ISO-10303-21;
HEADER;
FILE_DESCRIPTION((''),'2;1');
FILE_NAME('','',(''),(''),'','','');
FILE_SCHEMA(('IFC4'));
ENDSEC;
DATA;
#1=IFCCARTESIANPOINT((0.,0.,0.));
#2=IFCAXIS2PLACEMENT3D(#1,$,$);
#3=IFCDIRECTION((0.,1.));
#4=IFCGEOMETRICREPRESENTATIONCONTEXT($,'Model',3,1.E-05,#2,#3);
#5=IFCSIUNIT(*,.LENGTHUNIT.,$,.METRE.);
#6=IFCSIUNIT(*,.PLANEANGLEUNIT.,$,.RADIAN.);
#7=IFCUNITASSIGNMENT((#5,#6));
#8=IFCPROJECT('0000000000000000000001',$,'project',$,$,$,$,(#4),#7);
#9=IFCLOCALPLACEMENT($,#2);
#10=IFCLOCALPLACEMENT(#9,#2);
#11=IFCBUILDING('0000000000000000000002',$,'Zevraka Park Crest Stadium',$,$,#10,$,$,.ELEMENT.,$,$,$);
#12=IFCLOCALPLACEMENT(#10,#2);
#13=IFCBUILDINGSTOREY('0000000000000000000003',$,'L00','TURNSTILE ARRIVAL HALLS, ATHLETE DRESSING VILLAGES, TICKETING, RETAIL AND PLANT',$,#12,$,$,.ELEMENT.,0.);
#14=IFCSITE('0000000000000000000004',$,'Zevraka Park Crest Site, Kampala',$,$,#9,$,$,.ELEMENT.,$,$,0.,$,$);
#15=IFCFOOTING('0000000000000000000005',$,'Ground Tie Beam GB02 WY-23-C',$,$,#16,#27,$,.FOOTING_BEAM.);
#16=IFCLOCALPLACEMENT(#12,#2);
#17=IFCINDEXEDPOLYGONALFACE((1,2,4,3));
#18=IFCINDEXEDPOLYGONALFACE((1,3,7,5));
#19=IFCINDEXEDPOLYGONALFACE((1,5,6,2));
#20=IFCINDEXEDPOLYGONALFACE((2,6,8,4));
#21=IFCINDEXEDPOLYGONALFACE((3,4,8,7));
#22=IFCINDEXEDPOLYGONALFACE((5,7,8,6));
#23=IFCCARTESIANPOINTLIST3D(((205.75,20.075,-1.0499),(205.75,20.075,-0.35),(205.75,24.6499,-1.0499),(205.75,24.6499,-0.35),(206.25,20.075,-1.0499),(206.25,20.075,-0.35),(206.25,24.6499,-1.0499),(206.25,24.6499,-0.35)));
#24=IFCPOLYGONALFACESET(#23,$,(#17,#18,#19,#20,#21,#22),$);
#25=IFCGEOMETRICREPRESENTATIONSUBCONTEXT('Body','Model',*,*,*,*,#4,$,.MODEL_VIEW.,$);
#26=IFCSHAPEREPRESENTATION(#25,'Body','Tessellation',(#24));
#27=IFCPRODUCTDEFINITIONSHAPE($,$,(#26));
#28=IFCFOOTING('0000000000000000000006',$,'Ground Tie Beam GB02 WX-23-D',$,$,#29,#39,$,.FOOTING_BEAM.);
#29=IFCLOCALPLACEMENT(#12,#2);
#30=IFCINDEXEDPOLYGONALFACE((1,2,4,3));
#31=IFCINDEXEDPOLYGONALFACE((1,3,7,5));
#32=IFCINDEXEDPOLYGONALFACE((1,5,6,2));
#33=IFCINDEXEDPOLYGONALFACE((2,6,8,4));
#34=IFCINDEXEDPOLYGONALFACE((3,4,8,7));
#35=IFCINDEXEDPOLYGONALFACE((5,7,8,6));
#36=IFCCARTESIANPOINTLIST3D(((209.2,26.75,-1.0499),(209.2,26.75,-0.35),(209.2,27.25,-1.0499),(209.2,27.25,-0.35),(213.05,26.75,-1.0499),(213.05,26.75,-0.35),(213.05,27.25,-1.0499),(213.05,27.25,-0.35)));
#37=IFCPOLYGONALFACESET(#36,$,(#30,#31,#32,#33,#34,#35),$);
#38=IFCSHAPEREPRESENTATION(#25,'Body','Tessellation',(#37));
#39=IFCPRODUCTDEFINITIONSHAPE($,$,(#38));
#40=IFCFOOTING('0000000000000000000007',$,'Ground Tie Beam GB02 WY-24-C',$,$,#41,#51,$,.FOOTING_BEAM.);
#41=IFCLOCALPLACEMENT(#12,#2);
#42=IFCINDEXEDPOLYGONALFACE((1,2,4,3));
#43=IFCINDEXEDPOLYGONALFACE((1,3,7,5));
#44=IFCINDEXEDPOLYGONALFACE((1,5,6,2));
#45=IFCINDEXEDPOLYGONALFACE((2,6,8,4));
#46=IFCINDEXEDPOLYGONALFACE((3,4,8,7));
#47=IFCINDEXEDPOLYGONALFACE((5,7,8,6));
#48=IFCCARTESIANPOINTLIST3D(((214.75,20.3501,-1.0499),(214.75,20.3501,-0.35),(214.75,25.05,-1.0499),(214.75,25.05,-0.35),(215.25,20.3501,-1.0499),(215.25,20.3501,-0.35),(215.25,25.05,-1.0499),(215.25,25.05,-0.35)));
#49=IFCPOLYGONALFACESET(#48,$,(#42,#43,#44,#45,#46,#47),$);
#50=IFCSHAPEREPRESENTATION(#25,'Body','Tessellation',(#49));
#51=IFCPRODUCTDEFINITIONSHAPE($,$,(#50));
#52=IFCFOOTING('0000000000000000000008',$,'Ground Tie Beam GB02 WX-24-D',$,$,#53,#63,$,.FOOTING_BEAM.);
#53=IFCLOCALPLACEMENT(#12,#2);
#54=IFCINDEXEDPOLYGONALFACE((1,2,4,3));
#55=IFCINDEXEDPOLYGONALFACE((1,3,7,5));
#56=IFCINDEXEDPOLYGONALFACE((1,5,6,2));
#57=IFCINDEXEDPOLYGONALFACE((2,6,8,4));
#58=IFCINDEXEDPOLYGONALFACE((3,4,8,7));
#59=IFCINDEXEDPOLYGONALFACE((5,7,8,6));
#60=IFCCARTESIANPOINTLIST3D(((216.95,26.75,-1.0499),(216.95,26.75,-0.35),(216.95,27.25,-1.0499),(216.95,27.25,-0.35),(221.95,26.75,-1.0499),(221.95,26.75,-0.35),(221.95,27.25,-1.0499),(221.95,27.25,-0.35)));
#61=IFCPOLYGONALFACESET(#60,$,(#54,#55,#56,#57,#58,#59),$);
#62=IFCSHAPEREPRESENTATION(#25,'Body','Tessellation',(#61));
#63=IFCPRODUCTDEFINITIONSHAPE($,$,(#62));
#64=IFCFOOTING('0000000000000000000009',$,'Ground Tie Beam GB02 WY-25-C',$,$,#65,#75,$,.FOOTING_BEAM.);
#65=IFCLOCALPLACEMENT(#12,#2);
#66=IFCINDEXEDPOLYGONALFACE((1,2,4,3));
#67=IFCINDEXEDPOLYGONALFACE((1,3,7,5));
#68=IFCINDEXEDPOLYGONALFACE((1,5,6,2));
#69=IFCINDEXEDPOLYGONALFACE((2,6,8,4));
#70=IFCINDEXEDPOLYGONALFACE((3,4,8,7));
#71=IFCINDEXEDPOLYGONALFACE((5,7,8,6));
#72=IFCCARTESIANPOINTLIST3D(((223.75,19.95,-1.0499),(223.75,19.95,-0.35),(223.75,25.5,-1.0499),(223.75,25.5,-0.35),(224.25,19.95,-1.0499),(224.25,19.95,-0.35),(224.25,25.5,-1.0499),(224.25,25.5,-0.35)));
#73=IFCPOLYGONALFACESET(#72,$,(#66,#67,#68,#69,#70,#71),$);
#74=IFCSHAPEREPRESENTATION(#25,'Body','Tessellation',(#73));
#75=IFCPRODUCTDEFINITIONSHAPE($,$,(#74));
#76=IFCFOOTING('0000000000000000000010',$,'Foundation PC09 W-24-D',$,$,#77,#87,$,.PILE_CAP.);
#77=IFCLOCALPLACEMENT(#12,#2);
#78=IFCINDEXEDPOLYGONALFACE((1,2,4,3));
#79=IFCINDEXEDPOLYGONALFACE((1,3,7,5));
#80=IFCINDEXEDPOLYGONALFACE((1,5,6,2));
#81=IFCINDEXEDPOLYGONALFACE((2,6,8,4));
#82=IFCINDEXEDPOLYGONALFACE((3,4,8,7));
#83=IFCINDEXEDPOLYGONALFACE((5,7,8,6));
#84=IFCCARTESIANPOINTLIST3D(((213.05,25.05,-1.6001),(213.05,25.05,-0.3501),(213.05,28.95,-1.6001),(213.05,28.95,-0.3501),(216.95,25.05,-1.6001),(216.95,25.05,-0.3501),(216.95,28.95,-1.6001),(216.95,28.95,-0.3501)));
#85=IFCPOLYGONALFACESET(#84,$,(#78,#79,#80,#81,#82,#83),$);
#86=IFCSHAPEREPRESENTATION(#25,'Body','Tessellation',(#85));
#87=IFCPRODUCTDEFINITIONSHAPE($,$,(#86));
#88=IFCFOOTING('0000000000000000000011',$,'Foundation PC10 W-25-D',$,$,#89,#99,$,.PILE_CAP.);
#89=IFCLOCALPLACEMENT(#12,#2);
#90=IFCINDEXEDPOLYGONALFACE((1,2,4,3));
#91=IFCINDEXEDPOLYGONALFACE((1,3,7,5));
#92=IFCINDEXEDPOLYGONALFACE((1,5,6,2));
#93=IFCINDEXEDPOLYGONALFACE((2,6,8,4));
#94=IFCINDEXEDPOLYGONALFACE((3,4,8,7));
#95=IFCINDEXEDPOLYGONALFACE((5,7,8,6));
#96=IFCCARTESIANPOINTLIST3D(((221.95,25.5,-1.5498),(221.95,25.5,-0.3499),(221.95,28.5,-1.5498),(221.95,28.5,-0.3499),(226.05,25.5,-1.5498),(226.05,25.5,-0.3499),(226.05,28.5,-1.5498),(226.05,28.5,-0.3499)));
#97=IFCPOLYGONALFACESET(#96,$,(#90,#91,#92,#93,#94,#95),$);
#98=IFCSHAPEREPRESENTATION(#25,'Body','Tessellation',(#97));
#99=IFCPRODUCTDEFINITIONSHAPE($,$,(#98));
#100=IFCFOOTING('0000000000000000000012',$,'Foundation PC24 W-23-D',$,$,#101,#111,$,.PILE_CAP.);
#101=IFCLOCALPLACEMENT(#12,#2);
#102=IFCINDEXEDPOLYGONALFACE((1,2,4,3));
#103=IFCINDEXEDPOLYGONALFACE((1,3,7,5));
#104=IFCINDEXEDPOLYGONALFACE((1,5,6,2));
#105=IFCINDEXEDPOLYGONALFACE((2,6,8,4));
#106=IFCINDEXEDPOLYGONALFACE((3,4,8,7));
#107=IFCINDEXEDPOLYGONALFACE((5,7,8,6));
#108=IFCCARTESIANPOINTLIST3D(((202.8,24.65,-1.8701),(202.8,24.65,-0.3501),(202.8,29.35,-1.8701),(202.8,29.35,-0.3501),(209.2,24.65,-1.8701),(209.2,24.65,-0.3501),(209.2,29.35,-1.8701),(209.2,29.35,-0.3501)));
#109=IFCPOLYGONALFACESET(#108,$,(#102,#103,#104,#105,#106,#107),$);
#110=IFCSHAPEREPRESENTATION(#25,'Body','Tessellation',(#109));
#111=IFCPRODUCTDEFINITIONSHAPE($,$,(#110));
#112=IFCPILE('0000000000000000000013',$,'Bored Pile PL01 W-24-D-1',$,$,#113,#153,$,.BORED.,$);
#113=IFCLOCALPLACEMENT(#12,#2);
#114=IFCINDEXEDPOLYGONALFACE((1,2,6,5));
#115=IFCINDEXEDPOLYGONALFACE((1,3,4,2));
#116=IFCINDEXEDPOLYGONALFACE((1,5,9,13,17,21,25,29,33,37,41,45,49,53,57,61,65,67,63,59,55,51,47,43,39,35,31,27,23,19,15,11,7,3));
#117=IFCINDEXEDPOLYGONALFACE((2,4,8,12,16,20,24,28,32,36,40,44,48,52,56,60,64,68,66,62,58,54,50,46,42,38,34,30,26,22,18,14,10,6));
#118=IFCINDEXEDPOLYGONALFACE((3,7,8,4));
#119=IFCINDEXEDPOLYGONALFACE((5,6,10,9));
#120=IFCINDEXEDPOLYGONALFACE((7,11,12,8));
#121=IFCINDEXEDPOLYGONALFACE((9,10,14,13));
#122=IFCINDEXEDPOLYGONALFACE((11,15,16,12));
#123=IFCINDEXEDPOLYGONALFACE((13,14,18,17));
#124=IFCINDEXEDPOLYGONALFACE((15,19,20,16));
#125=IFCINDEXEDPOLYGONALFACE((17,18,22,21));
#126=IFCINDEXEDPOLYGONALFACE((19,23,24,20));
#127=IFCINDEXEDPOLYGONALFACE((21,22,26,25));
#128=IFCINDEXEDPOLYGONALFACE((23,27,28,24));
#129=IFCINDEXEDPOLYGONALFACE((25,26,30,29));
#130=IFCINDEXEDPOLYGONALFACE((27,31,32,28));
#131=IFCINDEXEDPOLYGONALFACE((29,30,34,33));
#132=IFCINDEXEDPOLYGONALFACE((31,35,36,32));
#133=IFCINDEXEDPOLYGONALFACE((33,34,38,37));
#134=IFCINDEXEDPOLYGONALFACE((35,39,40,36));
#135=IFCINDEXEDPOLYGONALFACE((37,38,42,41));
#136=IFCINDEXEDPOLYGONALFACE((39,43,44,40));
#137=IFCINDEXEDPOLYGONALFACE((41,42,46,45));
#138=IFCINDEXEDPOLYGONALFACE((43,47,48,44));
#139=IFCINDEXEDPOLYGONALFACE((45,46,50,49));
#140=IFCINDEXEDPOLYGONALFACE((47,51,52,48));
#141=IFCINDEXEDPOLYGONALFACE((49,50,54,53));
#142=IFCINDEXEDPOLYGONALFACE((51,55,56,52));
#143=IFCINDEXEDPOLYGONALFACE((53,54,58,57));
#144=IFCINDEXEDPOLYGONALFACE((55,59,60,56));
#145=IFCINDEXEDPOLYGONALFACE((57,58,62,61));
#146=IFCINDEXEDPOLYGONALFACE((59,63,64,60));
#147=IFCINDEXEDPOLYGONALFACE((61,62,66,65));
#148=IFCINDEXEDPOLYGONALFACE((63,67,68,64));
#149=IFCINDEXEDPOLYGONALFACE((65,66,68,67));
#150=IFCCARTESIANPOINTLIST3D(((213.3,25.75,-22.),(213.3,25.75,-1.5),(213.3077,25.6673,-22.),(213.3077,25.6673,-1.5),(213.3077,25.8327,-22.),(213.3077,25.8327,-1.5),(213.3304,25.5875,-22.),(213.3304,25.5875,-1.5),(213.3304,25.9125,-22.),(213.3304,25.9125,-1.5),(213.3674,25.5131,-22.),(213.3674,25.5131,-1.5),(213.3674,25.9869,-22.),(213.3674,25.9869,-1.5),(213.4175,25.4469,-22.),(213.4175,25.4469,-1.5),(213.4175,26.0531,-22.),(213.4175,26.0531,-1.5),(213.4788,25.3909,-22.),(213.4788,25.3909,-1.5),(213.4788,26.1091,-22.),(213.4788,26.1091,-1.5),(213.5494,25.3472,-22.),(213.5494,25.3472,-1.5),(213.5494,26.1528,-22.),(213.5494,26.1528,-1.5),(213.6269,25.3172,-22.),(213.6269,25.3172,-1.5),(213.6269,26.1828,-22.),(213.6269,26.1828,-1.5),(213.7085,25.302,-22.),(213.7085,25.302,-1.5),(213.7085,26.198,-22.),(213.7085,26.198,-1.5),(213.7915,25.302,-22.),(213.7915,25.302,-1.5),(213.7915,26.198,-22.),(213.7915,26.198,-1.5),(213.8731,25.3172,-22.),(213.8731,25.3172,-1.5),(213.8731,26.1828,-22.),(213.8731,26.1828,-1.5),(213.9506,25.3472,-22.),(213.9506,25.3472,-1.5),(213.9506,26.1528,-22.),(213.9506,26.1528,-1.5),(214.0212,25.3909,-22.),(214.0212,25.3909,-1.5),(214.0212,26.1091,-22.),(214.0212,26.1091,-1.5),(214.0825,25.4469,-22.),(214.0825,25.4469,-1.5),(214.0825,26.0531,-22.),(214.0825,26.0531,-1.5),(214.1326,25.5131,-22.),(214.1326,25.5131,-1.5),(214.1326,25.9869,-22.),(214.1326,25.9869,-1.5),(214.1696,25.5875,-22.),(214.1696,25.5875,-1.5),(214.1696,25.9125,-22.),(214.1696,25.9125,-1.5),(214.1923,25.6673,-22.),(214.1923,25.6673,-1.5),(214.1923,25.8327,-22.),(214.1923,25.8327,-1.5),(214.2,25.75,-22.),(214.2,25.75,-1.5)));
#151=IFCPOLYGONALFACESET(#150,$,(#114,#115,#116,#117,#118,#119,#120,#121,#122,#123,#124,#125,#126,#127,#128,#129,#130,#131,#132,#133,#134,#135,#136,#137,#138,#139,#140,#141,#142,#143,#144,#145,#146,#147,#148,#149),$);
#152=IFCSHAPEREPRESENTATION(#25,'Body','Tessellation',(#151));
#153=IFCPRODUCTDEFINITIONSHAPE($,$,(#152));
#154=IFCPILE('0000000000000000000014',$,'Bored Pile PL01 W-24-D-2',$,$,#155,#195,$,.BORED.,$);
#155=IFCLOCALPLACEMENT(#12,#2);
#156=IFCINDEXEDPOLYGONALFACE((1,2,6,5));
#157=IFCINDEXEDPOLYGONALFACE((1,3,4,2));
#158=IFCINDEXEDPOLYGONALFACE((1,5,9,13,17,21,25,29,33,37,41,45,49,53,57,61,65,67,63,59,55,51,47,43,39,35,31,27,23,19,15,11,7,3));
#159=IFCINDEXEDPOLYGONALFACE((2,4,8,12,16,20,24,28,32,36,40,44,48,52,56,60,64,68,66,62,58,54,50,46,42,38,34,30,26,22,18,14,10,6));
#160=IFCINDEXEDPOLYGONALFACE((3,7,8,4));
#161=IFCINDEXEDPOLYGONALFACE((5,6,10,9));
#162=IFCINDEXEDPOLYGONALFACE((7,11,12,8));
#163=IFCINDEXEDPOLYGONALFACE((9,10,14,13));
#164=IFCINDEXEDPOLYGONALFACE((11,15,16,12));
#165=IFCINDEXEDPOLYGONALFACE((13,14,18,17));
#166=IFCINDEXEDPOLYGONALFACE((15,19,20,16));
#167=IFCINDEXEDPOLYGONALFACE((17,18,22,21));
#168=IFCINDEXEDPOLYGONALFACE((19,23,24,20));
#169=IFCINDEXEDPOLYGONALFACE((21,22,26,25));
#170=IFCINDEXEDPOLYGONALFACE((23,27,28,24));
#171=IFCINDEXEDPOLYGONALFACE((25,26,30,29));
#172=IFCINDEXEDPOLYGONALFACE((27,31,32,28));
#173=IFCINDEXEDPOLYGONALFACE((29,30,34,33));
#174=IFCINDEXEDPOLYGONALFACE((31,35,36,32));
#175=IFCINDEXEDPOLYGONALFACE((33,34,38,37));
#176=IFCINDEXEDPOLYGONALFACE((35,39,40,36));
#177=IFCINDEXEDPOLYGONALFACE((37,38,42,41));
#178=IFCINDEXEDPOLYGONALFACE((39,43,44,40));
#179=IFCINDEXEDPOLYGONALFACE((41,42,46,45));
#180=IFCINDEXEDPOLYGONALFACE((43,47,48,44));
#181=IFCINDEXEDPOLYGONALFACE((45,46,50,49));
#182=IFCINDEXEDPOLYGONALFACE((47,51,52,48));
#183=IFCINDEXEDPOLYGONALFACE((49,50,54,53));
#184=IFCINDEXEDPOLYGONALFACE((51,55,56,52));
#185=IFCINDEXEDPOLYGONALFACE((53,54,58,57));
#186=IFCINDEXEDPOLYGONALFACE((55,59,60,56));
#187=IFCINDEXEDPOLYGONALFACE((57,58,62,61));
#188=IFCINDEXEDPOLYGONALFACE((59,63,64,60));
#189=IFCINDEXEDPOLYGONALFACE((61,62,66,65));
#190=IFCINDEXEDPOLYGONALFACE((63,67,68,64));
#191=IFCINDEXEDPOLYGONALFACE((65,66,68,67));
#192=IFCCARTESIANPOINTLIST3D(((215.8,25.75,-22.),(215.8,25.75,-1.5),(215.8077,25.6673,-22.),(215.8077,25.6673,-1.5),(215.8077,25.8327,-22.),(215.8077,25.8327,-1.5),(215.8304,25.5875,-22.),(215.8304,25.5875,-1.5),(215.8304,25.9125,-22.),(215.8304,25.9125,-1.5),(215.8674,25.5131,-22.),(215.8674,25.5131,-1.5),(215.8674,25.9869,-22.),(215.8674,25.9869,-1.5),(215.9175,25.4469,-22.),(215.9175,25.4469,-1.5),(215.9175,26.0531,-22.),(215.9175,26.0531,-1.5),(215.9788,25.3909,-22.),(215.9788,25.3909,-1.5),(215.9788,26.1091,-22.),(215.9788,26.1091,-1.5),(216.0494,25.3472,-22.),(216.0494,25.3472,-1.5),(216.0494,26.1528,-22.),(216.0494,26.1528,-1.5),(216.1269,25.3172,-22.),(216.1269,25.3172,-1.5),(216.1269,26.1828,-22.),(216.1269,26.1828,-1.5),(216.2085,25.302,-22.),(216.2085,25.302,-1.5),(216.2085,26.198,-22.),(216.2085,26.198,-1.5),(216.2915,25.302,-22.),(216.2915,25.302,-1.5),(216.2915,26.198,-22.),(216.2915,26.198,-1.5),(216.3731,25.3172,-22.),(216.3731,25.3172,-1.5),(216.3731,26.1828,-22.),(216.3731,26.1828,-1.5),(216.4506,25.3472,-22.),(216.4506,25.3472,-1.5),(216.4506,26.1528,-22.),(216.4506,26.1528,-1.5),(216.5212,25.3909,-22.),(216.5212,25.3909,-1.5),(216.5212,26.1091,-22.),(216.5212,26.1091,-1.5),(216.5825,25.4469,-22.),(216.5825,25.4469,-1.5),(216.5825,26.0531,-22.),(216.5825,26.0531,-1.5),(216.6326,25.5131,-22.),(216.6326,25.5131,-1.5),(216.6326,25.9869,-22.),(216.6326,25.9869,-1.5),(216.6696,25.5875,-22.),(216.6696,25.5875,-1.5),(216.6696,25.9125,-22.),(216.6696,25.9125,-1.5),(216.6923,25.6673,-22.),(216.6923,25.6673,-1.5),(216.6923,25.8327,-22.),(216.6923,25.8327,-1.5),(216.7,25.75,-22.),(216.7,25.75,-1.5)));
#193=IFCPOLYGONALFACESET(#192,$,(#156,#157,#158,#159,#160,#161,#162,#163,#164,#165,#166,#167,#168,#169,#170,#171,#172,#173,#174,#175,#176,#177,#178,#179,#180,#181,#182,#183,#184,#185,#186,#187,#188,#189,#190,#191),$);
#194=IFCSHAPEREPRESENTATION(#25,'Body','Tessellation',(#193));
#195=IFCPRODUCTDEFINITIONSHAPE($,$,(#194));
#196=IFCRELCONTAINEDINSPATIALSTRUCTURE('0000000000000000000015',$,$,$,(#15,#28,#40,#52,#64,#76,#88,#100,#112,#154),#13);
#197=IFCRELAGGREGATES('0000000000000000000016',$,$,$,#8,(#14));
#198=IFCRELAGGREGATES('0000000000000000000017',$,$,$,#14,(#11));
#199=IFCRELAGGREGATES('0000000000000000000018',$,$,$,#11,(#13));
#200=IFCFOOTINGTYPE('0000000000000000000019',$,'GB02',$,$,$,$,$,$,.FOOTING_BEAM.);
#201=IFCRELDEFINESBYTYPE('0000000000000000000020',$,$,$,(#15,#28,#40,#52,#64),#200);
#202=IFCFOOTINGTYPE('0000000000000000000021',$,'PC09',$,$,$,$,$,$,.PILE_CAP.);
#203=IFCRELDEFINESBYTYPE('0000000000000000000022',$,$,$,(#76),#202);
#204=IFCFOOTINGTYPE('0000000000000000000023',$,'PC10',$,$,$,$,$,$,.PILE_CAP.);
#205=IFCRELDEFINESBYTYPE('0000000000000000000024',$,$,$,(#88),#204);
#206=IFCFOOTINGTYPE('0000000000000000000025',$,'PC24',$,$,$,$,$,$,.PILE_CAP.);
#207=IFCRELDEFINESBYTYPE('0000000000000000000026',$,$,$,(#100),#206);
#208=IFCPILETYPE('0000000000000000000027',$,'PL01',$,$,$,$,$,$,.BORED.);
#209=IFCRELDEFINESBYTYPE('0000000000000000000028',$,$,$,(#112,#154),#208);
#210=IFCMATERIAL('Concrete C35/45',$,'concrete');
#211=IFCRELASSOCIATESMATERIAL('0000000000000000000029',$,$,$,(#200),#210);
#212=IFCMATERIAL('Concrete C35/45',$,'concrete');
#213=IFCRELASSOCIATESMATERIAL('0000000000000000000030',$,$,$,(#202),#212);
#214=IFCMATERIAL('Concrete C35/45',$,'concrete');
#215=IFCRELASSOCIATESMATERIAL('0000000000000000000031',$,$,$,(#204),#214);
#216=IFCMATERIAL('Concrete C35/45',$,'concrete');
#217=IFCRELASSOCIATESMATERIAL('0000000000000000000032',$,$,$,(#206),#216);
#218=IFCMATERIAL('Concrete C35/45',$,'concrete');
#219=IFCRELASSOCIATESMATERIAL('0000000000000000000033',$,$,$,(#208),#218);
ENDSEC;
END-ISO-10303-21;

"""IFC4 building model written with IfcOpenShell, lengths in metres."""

from ifc_helpers import new_model, si_unit, direction, frame, origin, origin_2d, place, context, subcontext, project, spatial, rectangle, circle, extrude, material, material_profile, profile_set, type_object, element, save


model = new_model("IFC4")

# Units and contexts
model_context = context("Model", 3, precision=1e-05, world=origin(), true_north=direction((0.0, 1.0)))
body_context = subcontext(model_context, "Body", "Model", "MODEL_VIEW")
ifc_project = project(units=[si_unit("LENGTHUNIT", "METRE"), si_unit("PLANEANGLEUNIT", "RADIAN")], contexts=[model_context])

# Site, building, storey
site_placement = place(None, origin())
site = spatial("IfcSite", under=ifc_project, at=site_placement, Name="Zevraka Park Crest Site, Kampala", CompositionType="ELEMENT", RefElevation=0.0)
building_placement = place(site_placement, origin())
building = spatial("IfcBuilding", under=site, at=building_placement, Name="Zevraka Park Crest Stadium", CompositionType="ELEMENT")
storey_placement = place(building_placement, origin())
storey = spatial("IfcBuildingStorey", under=building, at=storey_placement, Name="L00", Description="TURNSTILE ARRIVAL HALLS, ATHLETE DRESSING VILLAGES, TICKETING, RETAIL AND PLANT", CompositionType="ELEMENT", Elevation=0.0)

# Footings
ifc_material_1 = material(Name="Concrete C35/45", Category="concrete")
ifc_material_profile_1 = material_profile(ifc_material_1, rectangle(XDim=0.5, YDim=0.7, at=origin_2d()), Name="GB 700x500")
ifc_profile_set_1 = profile_set([ifc_material_profile_1], Name="Concrete C35/45")
footing_type_1 = type_object("IfcFootingType", Name="GB02", PredefinedType="FOOTING_BEAM", material=ifc_profile_set_1)
footing_1_placement = place(storey_placement, frame((206.0, 20.075, -0.7), z_axis=(0.0, 1.0, 0.0), x_axis=(-1.0, 0.0, 0.0)))
element("IfcFooting", 1, at=footing_1_placement, inside=storey, type_object=footing_type_1, Name="Ground Tie Beam GB02 WY-23-C", PredefinedType="FOOTING_BEAM", context=body_context, shape_type="SweptSolid", body=[
    extrude(rectangle(XDim=0.5, YDim=0.7, at=origin_2d()), origin(), (0.0, 0.0, 1.0), 4.575),
])
footing_2_placement = place(storey_placement, frame((209.2, 27.0, -0.7), z_axis=(1.0, 0.0, 0.0), x_axis=(0.0, 1.0, 0.0)))
element("IfcFooting", 2, at=footing_2_placement, inside=storey, type_object=footing_type_1, Name="Ground Tie Beam GB02 WX-23-D", PredefinedType="FOOTING_BEAM", context=body_context, shape_type="SweptSolid", body=[
    extrude(rectangle(XDim=0.5, YDim=0.7, at=origin_2d()), origin(), (0.0, 0.0, 1.0), 3.8501),
])
footing_3_placement = place(storey_placement, frame((215.0, 20.3501, -0.7), z_axis=(0.0, 1.0, 0.0), x_axis=(-1.0, 0.0, 0.0)))
element("IfcFooting", 3, at=footing_3_placement, inside=storey, type_object=footing_type_1, Name="Ground Tie Beam GB02 WY-24-C", PredefinedType="FOOTING_BEAM", context=body_context, shape_type="SweptSolid", body=[
    extrude(rectangle(XDim=0.5, YDim=0.7, at=origin_2d()), origin(), (0.0, 0.0, 1.0), 4.7),
])
footing_4_placement = place(storey_placement, frame((216.95, 27.0, -0.7), z_axis=(1.0, 0.0, 0.0), x_axis=(0.0, 1.0, 0.0)))
element("IfcFooting", 4, at=footing_4_placement, inside=storey, type_object=footing_type_1, Name="Ground Tie Beam GB02 WX-24-D", PredefinedType="FOOTING_BEAM", context=body_context, shape_type="SweptSolid", body=[
    extrude(rectangle(XDim=0.5, YDim=0.7, at=origin_2d()), origin(), (0.0, 0.0, 1.0), 5.0),
])
footing_5_placement = place(storey_placement, frame((224.0, 19.95, -0.7), z_axis=(0.0, 1.0, 0.0), x_axis=(-1.0, 0.0, 0.0)))
element("IfcFooting", 5, at=footing_5_placement, inside=storey, type_object=footing_type_1, Name="Ground Tie Beam GB02 WY-25-C", PredefinedType="FOOTING_BEAM", context=body_context, shape_type="SweptSolid", body=[
    extrude(rectangle(XDim=0.5, YDim=0.7, at=origin_2d()), origin(), (0.0, 0.0, 1.0), 5.55),
])
ifc_material_2 = material(Name="Concrete C35/45", Category="concrete")
footing_type_2 = type_object("IfcFootingType", Name="PC09", PredefinedType="PILE_CAP", material=ifc_material_2)
footing_6_placement = place(storey_placement, frame((215.0, 27.0, -1.6001), z_axis=(0.0, 0.0, 1.0), x_axis=(1.0, 0.0, 0.0)))
element("IfcFooting", 6, at=footing_6_placement, inside=storey, type_object=footing_type_2, Name="Foundation PC09 W-24-D", PredefinedType="PILE_CAP", context=body_context, shape_type="SweptSolid", body=[
    extrude(rectangle(XDim=3.8999, YDim=3.8999, at=origin_2d()), origin(), (0.0, 0.0, 1.0), 1.25),
])
ifc_material_3 = material(Name="Concrete C35/45", Category="concrete")
footing_type_3 = type_object("IfcFootingType", Name="PC10", PredefinedType="PILE_CAP", material=ifc_material_3)
footing_7_placement = place(storey_placement, frame((224.0, 27.0, -1.5498), z_axis=(0.0, 0.0, 1.0), x_axis=(1.0, 0.0, 0.0)))
element("IfcFooting", 7, at=footing_7_placement, inside=storey, type_object=footing_type_3, Name="Foundation PC10 W-25-D", PredefinedType="PILE_CAP", context=body_context, shape_type="SweptSolid", body=[
    extrude(rectangle(XDim=4.1001, YDim=3.0, at=origin_2d()), origin(), (0.0, 0.0, 1.0), 1.2),
])
ifc_material_4 = material(Name="Concrete C35/45", Category="concrete")
footing_type_4 = type_object("IfcFootingType", Name="PC24", PredefinedType="PILE_CAP", material=ifc_material_4)
footing_8_placement = place(storey_placement, frame((206.0, 27.0, -1.8701), z_axis=(0.0, 0.0, 1.0), x_axis=(1.0, 0.0, 0.0)))
element("IfcFooting", 8, at=footing_8_placement, inside=storey, type_object=footing_type_4, Name="Foundation PC24 W-23-D", PredefinedType="PILE_CAP", context=body_context, shape_type="SweptSolid", body=[
    extrude(rectangle(XDim=6.3999, YDim=4.7, at=origin_2d()), origin(), (0.0, 0.0, 1.0), 1.52),
])

# Piles
ifc_material_5 = material(Name="Concrete C35/45", Category="concrete")
ifc_material_profile_2 = material_profile(ifc_material_5, circle(Radius=0.45, at=origin_2d()), Name="PILE D900")
ifc_profile_set_2 = profile_set([ifc_material_profile_2], Name="Concrete C35/45")
pile_type_1 = type_object("IfcPileType", Name="PL01", PredefinedType="BORED", material=ifc_profile_set_2)
for number, where, z_axis, x_axis, name in (
    (9, (213.75, 25.75, -1.5), (0.0, 0.0, -1.0), (1.0, 0.0, 0.0), "Bored Pile PL01 W-24-D-1"),
    (10, (216.25, 25.75, -1.5), (0.0, 0.0, -1.0), (1.0, 0.0, 0.0), "Bored Pile PL01 W-24-D-2"),
):
    element("IfcPile", number, at=place(storey_placement, frame(where, z_axis=z_axis, x_axis=x_axis)), inside=storey, type_object=pile_type_1, Name=name, PredefinedType="BORED", context=body_context, shape_type="SweptSolid", body=[
        extrude(circle(Radius=0.45, at=origin_2d()), origin(), (0.0, 0.0, 1.0), 20.5),
    ])

save(model, "model.ifc")
